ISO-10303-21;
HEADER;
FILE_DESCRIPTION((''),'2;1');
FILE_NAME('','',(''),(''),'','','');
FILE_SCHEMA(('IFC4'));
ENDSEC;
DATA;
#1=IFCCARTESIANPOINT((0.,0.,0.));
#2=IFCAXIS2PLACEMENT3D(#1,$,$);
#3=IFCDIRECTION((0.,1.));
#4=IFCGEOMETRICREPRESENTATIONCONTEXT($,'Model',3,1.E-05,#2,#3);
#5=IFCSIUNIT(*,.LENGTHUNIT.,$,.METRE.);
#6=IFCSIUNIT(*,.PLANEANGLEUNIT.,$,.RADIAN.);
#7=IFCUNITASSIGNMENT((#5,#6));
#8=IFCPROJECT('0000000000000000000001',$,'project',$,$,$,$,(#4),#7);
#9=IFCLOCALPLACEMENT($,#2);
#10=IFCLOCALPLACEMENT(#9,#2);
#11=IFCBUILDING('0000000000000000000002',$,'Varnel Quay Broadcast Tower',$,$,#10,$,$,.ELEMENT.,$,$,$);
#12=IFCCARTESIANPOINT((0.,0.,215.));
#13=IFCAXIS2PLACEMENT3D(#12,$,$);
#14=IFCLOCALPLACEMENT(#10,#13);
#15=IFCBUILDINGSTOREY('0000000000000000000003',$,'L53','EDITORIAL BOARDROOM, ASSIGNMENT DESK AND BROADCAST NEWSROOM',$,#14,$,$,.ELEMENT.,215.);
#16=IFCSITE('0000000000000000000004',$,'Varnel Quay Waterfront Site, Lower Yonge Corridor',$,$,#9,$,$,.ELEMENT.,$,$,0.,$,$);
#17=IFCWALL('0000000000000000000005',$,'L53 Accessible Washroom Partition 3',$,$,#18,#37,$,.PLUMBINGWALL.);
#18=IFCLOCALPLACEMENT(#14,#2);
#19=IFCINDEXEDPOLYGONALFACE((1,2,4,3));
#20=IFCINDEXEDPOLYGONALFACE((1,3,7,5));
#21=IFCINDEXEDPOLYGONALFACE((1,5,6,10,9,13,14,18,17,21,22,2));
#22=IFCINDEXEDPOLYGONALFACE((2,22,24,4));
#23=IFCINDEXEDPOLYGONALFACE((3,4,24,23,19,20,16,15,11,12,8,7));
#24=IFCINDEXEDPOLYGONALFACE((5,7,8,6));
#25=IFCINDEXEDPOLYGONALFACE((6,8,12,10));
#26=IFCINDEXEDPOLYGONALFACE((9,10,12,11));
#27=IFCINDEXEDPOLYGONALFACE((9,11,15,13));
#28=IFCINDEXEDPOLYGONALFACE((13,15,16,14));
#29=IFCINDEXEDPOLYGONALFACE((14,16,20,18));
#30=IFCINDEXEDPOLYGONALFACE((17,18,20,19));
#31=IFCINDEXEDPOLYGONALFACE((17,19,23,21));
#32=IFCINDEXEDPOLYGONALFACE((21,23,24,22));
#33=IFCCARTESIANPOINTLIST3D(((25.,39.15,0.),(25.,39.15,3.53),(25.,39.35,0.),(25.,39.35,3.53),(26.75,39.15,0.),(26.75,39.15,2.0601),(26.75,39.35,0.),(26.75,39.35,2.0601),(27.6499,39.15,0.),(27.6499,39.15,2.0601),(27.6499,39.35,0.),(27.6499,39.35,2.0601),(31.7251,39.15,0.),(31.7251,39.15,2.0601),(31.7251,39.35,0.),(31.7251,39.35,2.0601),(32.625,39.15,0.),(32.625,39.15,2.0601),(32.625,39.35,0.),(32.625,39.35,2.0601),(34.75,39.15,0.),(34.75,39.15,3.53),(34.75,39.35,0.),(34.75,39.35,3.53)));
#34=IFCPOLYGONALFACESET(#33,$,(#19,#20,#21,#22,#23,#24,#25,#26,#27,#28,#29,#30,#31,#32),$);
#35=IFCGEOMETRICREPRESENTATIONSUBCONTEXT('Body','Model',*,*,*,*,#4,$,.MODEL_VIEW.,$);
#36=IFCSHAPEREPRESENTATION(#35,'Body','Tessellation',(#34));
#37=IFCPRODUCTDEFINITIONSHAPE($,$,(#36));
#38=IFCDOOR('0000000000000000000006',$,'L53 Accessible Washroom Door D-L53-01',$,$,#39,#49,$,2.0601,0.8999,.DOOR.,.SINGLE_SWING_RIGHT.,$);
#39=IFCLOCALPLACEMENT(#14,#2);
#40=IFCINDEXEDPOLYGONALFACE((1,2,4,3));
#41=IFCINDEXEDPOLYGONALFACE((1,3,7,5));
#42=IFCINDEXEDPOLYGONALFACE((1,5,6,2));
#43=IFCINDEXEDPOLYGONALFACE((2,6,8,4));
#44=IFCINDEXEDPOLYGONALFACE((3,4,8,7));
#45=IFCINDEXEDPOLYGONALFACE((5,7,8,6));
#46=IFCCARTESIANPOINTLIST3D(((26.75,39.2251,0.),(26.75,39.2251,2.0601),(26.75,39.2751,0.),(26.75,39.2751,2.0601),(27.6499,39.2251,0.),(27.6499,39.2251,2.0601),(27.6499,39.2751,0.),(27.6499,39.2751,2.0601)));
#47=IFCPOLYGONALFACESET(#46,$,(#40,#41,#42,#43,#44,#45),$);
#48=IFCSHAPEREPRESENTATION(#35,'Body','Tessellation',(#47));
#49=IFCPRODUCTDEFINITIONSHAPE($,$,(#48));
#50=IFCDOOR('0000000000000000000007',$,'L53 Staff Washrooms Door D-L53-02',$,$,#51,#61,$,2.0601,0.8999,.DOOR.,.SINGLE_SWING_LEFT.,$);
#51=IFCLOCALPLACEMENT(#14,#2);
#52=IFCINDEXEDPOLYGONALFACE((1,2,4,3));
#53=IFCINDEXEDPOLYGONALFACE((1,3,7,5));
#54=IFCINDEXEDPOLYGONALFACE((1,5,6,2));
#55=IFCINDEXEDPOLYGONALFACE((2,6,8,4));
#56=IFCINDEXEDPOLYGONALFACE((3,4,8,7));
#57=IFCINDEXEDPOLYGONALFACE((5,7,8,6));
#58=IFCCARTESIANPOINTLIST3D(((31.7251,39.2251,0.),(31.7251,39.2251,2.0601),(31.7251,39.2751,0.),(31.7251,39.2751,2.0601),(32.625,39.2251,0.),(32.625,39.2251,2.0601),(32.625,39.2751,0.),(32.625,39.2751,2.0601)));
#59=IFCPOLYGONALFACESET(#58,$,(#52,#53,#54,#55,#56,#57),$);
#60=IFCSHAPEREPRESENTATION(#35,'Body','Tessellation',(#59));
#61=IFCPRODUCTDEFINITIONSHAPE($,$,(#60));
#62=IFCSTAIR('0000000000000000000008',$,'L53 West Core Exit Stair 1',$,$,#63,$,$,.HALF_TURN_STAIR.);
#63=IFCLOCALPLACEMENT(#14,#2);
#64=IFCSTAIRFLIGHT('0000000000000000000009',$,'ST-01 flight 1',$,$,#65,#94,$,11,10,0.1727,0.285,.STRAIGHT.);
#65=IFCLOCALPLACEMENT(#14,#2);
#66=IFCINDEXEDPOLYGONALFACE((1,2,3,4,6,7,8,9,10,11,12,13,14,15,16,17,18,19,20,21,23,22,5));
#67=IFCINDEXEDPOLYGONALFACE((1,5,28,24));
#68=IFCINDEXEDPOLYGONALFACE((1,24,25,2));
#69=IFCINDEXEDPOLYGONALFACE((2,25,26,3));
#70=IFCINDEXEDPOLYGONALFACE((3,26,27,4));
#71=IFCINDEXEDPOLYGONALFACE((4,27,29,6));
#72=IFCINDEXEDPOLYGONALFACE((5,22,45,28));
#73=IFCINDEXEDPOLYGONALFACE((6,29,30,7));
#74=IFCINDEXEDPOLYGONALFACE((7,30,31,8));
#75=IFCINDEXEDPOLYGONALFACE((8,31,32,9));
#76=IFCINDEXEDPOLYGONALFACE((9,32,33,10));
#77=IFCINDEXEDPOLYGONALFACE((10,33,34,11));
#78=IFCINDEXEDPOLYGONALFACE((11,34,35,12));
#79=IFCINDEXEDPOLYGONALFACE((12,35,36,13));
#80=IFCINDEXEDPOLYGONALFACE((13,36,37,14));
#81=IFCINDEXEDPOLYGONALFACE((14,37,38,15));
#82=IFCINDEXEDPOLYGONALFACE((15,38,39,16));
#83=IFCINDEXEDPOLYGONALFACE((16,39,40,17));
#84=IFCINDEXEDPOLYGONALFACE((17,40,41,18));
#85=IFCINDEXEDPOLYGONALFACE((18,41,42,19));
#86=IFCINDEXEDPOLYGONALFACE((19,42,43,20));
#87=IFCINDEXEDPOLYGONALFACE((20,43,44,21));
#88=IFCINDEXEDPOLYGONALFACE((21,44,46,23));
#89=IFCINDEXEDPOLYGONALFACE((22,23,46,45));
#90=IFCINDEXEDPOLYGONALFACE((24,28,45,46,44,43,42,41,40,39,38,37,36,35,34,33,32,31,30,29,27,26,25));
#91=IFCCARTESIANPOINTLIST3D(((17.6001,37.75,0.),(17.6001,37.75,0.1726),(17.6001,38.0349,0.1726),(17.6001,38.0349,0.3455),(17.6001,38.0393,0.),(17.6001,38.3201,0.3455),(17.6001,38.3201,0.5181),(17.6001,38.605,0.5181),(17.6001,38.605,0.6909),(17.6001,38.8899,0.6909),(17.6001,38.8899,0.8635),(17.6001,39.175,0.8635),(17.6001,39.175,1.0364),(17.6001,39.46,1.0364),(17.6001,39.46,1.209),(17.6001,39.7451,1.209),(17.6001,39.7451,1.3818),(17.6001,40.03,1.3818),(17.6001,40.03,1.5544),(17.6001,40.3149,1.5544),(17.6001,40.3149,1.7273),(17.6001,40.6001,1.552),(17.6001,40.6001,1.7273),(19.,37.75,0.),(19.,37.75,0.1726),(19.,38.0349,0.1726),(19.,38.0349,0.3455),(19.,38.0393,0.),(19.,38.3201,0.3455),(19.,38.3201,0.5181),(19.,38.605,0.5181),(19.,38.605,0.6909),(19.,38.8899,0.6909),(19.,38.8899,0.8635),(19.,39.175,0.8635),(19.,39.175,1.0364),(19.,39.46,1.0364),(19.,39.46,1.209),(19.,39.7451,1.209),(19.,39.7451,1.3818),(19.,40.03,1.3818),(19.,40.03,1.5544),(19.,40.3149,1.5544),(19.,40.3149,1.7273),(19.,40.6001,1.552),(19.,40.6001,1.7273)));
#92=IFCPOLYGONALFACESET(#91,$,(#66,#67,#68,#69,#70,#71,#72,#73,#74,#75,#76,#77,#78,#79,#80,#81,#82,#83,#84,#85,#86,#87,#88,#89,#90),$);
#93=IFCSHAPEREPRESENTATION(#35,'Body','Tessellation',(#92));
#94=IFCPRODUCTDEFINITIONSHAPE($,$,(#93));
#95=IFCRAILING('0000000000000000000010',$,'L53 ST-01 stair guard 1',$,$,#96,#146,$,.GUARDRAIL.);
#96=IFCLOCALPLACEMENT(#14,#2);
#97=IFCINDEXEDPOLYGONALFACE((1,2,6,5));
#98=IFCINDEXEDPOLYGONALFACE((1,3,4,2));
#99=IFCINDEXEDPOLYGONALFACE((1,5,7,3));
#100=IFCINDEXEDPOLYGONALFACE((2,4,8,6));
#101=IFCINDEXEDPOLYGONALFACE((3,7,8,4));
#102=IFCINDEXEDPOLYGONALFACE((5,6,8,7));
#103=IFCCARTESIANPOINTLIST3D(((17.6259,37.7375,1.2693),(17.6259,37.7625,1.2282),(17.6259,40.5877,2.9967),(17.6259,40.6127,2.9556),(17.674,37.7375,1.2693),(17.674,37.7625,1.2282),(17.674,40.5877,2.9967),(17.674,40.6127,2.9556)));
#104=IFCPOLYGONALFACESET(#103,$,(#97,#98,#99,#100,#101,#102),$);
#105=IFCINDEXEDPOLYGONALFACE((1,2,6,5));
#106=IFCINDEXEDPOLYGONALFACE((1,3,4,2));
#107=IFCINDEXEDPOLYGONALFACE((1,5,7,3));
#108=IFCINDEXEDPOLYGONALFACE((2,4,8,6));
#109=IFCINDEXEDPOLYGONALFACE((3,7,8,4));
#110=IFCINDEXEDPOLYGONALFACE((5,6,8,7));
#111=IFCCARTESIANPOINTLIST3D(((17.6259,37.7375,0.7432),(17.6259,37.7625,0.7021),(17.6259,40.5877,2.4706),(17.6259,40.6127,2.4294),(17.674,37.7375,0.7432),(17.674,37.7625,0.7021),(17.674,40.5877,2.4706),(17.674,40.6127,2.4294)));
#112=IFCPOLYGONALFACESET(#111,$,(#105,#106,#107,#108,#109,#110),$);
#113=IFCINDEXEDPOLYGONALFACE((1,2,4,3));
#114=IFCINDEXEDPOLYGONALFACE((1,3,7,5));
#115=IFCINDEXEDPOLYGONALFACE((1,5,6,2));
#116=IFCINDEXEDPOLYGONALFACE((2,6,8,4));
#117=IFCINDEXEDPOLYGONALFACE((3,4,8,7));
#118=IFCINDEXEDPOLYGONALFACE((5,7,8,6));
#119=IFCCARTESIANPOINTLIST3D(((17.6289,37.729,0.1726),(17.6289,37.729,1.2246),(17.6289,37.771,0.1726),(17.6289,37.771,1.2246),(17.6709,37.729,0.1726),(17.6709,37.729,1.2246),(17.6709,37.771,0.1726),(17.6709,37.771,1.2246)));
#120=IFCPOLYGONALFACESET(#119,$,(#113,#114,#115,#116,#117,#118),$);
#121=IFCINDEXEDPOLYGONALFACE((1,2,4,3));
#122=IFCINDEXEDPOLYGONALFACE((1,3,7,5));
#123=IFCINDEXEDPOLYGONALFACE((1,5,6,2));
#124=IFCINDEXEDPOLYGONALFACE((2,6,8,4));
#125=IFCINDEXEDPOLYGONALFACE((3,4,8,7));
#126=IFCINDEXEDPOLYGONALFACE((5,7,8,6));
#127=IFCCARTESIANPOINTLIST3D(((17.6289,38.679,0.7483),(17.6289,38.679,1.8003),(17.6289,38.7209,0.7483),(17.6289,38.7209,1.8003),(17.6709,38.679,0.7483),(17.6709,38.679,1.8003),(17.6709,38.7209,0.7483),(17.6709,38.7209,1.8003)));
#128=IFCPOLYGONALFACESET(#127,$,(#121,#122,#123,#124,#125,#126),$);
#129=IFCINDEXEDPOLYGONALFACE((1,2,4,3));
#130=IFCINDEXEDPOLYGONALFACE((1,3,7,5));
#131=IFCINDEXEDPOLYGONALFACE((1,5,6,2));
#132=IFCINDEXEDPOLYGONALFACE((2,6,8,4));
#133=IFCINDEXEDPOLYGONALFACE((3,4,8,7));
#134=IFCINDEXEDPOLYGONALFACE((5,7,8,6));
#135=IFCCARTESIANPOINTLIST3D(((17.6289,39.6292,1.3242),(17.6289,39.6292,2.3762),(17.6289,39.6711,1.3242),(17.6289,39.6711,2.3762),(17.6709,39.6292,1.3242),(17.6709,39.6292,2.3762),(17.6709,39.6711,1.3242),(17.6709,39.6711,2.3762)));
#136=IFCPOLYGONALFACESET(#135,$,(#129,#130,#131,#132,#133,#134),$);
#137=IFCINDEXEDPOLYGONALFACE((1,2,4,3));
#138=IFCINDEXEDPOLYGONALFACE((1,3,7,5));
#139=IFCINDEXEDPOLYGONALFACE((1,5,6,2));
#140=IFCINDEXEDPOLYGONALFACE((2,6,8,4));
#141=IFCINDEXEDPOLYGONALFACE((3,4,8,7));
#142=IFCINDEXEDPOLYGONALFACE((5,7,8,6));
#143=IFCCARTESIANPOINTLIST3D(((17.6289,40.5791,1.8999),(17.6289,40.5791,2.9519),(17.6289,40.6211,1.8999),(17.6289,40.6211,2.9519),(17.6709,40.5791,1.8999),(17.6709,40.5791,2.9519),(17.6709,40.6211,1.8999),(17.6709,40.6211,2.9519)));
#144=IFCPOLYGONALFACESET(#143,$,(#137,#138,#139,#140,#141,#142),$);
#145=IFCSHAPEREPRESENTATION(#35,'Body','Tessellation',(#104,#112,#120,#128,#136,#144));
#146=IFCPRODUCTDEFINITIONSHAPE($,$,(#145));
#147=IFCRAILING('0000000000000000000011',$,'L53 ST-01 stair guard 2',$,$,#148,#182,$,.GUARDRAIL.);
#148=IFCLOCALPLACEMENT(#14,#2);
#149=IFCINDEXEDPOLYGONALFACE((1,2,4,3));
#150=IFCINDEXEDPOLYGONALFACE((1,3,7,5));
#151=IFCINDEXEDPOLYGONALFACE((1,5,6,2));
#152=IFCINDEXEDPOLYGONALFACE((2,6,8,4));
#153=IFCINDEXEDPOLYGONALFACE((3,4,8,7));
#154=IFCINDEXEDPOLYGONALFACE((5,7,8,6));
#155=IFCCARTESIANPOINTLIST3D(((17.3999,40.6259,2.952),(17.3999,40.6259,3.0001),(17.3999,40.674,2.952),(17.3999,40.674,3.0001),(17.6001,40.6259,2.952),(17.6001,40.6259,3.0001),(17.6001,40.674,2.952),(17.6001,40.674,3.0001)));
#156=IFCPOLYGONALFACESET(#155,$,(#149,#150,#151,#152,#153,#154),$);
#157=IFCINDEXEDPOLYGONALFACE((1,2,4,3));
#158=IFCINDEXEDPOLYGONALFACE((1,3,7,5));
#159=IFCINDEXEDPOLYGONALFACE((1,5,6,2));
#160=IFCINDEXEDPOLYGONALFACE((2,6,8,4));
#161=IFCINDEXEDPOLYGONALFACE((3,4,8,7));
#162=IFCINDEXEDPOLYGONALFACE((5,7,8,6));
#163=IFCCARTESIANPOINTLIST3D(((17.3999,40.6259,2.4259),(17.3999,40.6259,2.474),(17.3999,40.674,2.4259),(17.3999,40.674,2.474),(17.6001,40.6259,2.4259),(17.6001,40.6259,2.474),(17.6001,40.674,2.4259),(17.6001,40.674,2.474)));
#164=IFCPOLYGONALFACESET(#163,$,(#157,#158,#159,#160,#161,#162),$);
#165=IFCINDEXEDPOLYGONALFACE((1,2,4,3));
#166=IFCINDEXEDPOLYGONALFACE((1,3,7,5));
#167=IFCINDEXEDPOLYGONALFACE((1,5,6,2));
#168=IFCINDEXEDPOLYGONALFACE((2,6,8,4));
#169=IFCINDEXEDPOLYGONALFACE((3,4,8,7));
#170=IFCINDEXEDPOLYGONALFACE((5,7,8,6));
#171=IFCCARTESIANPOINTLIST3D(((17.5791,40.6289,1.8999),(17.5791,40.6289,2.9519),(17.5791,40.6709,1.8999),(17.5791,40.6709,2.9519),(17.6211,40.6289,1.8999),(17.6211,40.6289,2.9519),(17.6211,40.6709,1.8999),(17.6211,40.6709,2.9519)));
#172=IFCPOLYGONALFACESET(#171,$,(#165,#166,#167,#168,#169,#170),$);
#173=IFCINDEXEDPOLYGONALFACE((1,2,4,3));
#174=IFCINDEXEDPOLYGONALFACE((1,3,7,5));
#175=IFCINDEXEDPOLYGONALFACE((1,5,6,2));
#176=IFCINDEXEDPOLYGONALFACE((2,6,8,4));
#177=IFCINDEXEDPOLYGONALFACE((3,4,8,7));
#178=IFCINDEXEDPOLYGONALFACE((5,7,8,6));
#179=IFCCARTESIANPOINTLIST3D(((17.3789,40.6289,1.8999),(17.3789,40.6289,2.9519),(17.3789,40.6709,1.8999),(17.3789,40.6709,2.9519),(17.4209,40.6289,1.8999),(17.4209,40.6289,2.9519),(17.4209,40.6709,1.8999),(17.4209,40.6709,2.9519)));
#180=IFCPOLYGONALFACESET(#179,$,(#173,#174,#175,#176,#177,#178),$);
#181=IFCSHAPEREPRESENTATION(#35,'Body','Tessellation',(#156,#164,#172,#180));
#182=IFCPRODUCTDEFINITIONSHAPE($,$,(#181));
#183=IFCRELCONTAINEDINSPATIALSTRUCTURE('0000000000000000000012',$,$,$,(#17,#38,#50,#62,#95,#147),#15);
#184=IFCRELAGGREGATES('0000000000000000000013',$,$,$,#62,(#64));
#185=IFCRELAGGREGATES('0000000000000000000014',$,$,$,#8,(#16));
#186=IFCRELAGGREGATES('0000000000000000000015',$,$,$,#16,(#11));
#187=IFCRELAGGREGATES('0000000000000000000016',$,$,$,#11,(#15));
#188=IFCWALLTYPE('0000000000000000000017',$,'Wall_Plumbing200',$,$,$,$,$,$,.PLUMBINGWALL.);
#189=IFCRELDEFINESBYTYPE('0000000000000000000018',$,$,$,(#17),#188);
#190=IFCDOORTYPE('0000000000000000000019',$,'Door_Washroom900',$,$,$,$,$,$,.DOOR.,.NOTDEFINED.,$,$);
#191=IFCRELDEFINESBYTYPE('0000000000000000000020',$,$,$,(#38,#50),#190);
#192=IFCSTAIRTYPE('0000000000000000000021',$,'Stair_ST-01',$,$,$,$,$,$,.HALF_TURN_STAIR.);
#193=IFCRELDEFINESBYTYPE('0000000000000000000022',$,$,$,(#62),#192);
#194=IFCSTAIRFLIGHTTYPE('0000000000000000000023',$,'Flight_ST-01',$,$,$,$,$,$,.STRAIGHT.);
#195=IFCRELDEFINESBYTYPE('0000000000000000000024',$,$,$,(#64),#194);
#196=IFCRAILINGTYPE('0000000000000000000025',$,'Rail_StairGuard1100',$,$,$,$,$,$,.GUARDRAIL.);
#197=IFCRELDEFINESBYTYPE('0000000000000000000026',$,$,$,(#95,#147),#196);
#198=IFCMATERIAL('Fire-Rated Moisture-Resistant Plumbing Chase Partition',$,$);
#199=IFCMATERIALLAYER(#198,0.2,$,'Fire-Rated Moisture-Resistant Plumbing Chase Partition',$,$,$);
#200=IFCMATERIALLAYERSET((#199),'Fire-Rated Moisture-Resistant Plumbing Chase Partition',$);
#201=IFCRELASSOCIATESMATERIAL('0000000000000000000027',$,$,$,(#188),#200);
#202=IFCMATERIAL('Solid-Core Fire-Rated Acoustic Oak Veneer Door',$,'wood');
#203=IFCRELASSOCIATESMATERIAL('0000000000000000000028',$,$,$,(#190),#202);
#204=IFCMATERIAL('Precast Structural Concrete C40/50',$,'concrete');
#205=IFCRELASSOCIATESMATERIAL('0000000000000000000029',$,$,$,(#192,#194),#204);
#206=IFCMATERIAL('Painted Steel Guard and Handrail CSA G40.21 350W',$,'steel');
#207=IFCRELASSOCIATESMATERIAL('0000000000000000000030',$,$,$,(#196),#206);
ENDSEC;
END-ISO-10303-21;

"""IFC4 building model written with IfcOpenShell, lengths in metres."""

from ifc_helpers import new_model, si_unit, direction, frame, frame_2d, origin, origin_2d, place, context, subcontext, project, spatial, polyline, rectangle, outline, extrude, source, transform, mapped, material, layer, layer_set, type_object, type_shapes, element, fill, aggregate, save


model = new_model("IFC4")

# Units and contexts
model_context = context("Model", 3, precision=1e-05, world=origin(), true_north=direction((0.0, 1.0)))
body_context = subcontext(model_context, "Body", "Model", "MODEL_VIEW")
ifc_project = project(units=[si_unit("LENGTHUNIT", "METRE"), si_unit("PLANEANGLEUNIT", "RADIAN")], contexts=[model_context])

# Site, building, storey
site_placement = place(None, origin())
site = spatial("IfcSite", under=ifc_project, at=site_placement, Name="Varnel Quay Waterfront Site, Lower Yonge Corridor", CompositionType="ELEMENT", RefElevation=0.0)
building_placement = place(site_placement, origin())
building = spatial("IfcBuilding", under=site, at=building_placement, Name="Varnel Quay Broadcast Tower", CompositionType="ELEMENT")
storey_placement = place(building_placement, frame((0.0, 0.0, 215.0)))
storey = spatial("IfcBuildingStorey", under=building, at=storey_placement, Name="L53", Description="EDITORIAL BOARDROOM, ASSIGNMENT DESK AND BROADCAST NEWSROOM", CompositionType="ELEMENT", Elevation=215.0)

# Wall, openings, doors
ifc_material_1 = material(Name="Solid-Core Fire-Rated Acoustic Oak Veneer Door", Category="wood")
ifc_material_2 = material(Name="Fire-Rated Moisture-Resistant Plumbing Chase Partition")
ifc_layer_1 = layer(ifc_material_2, 0.2, Name="Fire-Rated Moisture-Resistant Plumbing Chase Partition")
ifc_layer_set_1 = layer_set([ifc_layer_1], Name="Fire-Rated Moisture-Resistant Plumbing Chase Partition")
wall_type_1 = type_object("IfcWallType", Name="Wall_Plumbing200", PredefinedType="PLUMBINGWALL", material=ifc_layer_set_1)
wall_1_placement = place(storey_placement, frame((25.0, 39.25, 0.0), z_axis=(0.0, 0.0, 1.0), x_axis=(1.0, 0.0, 0.0)))
wall_1 = element("IfcWall", 1, at=wall_1_placement, inside=storey, type_object=wall_type_1, Name="L53 Accessible Washroom Partition 3", PredefinedType="PLUMBINGWALL", context=body_context, shape_type="SweptSolid", body=[
    extrude(rectangle(XDim=9.75, YDim=0.2, at=frame_2d((4.875, 0.0))), origin(), (0.0, 0.0, 1.0), 3.53),
])
opening_1_placement = place(wall_1_placement, frame((1.75, 0.0, 0.0)))
opening_1 = element("IfcOpeningElement", 2, at=opening_1_placement, cuts=wall_1, PredefinedType="OPENING", context=body_context, shape_type="SweptSolid", body=[
    extrude(rectangle(XDim=0.8999, YDim=2.0601, at=frame_2d((0.45, 1.03))), frame((0.0, 0.1099, 0.0), z_axis=(0.0, -1.0, 0.0), x_axis=(1.0, 0.0, 0.0)), (0.0, 0.0, 1.0), 0.22),
])
opening_2_placement = place(wall_1_placement, frame((6.7251, 0.0, 0.0)))
opening_2 = element("IfcOpeningElement", 3, at=opening_2_placement, cuts=wall_1, PredefinedType="OPENING", context=body_context, shape_type="SweptSolid", body=[
    extrude(rectangle(XDim=0.8999, YDim=2.0601, at=frame_2d((0.45, 1.03))), frame((0.0, 0.1099, 0.0), z_axis=(0.0, -1.0, 0.0), x_axis=(1.0, 0.0, 0.0)), (0.0, 0.0, 1.0), 0.22),
])
door_type_1 = type_object("IfcDoorType", Name="Door_Washroom900", OperationType="NOTDEFINED", PredefinedType="DOOR", material=ifc_material_1)
shared_shape_1 = source(origin(), body_context, "Body", "SweptSolid", [
    extrude(rectangle(XDim=0.8999, YDim=2.0601, at=frame_2d((0.45, 1.03))), frame((0.0, 0.0249, 0.0), z_axis=(0.0, -1.0, 0.0), x_axis=(1.0, 0.0, 0.0)), (0.0, 0.0, 1.0), 0.05),
])
type_shapes(door_type_1, [shared_shape_1])
door_1_placement = place(opening_1_placement, frame((0.8999, 0.0, 0.0), z_axis=(0.0, 0.0, 1.0), x_axis=(-1.0, 0.0, 0.0)))
door_1 = element("IfcDoor", 4, at=door_1_placement, inside=storey, type_object=door_type_1, Name="L53 Accessible Washroom Door D-L53-01", OperationType="SINGLE_SWING_RIGHT", OverallHeight=2.0601, OverallWidth=0.8999, PredefinedType="DOOR", context=body_context, shape_type="MappedRepresentation", body=[
    mapped(shared_shape_1, transform((0.0, 0.0, 0.0), x_axis=(1.0, 0.0, 0.0), y_axis=(0.0, 1.0, 0.0), z_axis=(0.0, 0.0, 1.0), scale=1.0)),
])
fill(opening_1, door_1)
door_2_placement = place(opening_2_placement, frame((0.8999, 0.0, 0.0), z_axis=(0.0, 0.0, 1.0), x_axis=(-1.0, 0.0, 0.0)))
door_2 = element("IfcDoor", 5, at=door_2_placement, inside=storey, type_object=door_type_1, Name="L53 Staff Washrooms Door D-L53-02", OperationType="SINGLE_SWING_LEFT", OverallHeight=2.0601, OverallWidth=0.8999, PredefinedType="DOOR", context=body_context, shape_type="MappedRepresentation", body=[
    mapped(shared_shape_1, transform((0.0, 0.0, 0.0), x_axis=(1.0, 0.0, 0.0), y_axis=(0.0, 1.0, 0.0), z_axis=(0.0, 0.0, 1.0), scale=1.0)),
])
fill(opening_2, door_2)

# Stair, stair flight
ifc_material_3 = material(Name="Precast Structural Concrete C40/50", Category="concrete")
stair_type = type_object("IfcStairType", Name="Stair_ST-01", PredefinedType="HALF_TURN_STAIR", material=ifc_material_3)
stair_placement = place(storey_placement, origin())
stair = element("IfcStair", 6, at=stair_placement, inside=storey, type_object=stair_type, Name="L53 West Core Exit Stair 1", PredefinedType="HALF_TURN_STAIR")
stair_flight_type = type_object("IfcStairFlightType", Name="Flight_ST-01", PredefinedType="STRAIGHT", material=ifc_material_3)
stair_flight_placement = place(storey_placement, frame((18.3, 37.75, 0.0), z_axis=(0.0, 0.0, 1.0), x_axis=(0.0, 1.0, 0.0)))
stair_flight = element("IfcStairFlight", 7, at=stair_flight_placement, type_object=stair_flight_type, Name="ST-01 flight 1", NumberOfRisers=11, NumberOfTreads=10, PredefinedType="STRAIGHT", RiserHeight=0.1727, TreadLength=0.285, context=body_context, shape_type="SweptSolid", body=[
    extrude(outline(polyline([(0.0, 0.0), (0.0, 0.1726), (0.2849, 0.1726), (0.2849, 0.3455), (0.5701, 0.3455), (0.5701, 0.5181), (0.855, 0.5181), (0.855, 0.6909), (1.1399, 0.6909), (1.1399, 0.8635), (1.425, 0.8635), (1.425, 1.0364), (1.71, 1.0364), (1.71, 1.209), (1.9951, 1.209), (1.9951, 1.3818), (2.28, 1.3818), (2.28, 1.5544), (2.5649, 1.5544), (2.5649, 1.7273), (2.8501, 1.7273), (2.8501, 1.8999), (2.8501, 1.552), (0.2893, 0.0), (0.0, 0.0)])), frame((0.0, 0.7, 0.0), z_axis=(0.0, -1.0, 0.0), x_axis=(1.0, 0.0, 0.0)), (0.0, 0.0, 1.0), 1.3999),
])
aggregate(stair, [stair_flight])

# Railings
ifc_material_4 = material(Name="Painted Steel Guard and Handrail CSA G40.21 350W", Category="steel")
railing_type_1 = type_object("IfcRailingType", Name="Rail_StairGuard1100", PredefinedType="GUARDRAIL", material=ifc_material_4)
railing_1_placement = place(storey_placement, frame((17.6499, 37.75, 0.1726)))
element("IfcRailing", 8, at=railing_1_placement, inside=storey, type_object=railing_type_1, Name="L53 ST-01 stair guard 1", PredefinedType="GUARDRAIL", context=body_context, shape_type="SweptSolid", body=[
    extrude(rectangle(XDim=0.0481, YDim=0.0481, at=origin_2d()), frame((0.0, 0.0, 1.0762), z_axis=(0.0, 0.855203, 0.518294), x_axis=(-1.0, 0.0, 0.0)), (0.0, 0.0, 1.0), 3.3328),
    extrude(rectangle(XDim=0.0481, YDim=0.0481, at=origin_2d()), frame((0.0, 0.0, 0.55), z_axis=(0.0, 0.855203, 0.518294), x_axis=(-1.0, 0.0, 0.0)), (0.0, 0.0, 1.0), 3.3328),
    extrude(rectangle(XDim=0.042, YDim=0.042, at=origin_2d()), origin(), (0.0, 0.0, 1.0), 1.052),
    extrude(rectangle(XDim=0.042, YDim=0.042, at=origin_2d()), frame((0.0, 0.95, 0.5757)), (0.0, 0.0, 1.0), 1.052),
    extrude(rectangle(XDim=0.042, YDim=0.042, at=origin_2d()), frame((0.0, 1.9001, 1.1516)), (0.0, 0.0, 1.0), 1.052),
    extrude(rectangle(XDim=0.042, YDim=0.042, at=origin_2d()), frame((0.0, 2.8501, 1.7273)), (0.0, 0.0, 1.0), 1.052),
])
railing_2_placement = place(storey_placement, frame((17.6001, 40.6499, 1.8999)))
element("IfcRailing", 9, at=railing_2_placement, inside=storey, type_object=railing_type_1, Name="L53 ST-01 stair guard 2", PredefinedType="GUARDRAIL", context=body_context, shape_type="SweptSolid", body=[
    extrude(rectangle(XDim=0.0481, YDim=0.0481, at=origin_2d()), frame((0.0, 0.0, 1.0762), z_axis=(-1.0, 0.0, 0.0), x_axis=(0.0, -1.0, 0.0)), (0.0, 0.0, 1.0), 0.2002),
    extrude(rectangle(XDim=0.0481, YDim=0.0481, at=origin_2d()), frame((0.0, 0.0, 0.55), z_axis=(-1.0, 0.0, 0.0), x_axis=(0.0, -1.0, 0.0)), (0.0, 0.0, 1.0), 0.2002),
    extrude(rectangle(XDim=0.042, YDim=0.042, at=origin_2d()), origin(), (0.0, 0.0, 1.0), 1.052),
    extrude(rectangle(XDim=0.042, YDim=0.042, at=origin_2d()), frame((-0.2002, 0.0, 0.0)), (0.0, 0.0, 1.0), 1.052),
])

save(model, "model.ifc")
